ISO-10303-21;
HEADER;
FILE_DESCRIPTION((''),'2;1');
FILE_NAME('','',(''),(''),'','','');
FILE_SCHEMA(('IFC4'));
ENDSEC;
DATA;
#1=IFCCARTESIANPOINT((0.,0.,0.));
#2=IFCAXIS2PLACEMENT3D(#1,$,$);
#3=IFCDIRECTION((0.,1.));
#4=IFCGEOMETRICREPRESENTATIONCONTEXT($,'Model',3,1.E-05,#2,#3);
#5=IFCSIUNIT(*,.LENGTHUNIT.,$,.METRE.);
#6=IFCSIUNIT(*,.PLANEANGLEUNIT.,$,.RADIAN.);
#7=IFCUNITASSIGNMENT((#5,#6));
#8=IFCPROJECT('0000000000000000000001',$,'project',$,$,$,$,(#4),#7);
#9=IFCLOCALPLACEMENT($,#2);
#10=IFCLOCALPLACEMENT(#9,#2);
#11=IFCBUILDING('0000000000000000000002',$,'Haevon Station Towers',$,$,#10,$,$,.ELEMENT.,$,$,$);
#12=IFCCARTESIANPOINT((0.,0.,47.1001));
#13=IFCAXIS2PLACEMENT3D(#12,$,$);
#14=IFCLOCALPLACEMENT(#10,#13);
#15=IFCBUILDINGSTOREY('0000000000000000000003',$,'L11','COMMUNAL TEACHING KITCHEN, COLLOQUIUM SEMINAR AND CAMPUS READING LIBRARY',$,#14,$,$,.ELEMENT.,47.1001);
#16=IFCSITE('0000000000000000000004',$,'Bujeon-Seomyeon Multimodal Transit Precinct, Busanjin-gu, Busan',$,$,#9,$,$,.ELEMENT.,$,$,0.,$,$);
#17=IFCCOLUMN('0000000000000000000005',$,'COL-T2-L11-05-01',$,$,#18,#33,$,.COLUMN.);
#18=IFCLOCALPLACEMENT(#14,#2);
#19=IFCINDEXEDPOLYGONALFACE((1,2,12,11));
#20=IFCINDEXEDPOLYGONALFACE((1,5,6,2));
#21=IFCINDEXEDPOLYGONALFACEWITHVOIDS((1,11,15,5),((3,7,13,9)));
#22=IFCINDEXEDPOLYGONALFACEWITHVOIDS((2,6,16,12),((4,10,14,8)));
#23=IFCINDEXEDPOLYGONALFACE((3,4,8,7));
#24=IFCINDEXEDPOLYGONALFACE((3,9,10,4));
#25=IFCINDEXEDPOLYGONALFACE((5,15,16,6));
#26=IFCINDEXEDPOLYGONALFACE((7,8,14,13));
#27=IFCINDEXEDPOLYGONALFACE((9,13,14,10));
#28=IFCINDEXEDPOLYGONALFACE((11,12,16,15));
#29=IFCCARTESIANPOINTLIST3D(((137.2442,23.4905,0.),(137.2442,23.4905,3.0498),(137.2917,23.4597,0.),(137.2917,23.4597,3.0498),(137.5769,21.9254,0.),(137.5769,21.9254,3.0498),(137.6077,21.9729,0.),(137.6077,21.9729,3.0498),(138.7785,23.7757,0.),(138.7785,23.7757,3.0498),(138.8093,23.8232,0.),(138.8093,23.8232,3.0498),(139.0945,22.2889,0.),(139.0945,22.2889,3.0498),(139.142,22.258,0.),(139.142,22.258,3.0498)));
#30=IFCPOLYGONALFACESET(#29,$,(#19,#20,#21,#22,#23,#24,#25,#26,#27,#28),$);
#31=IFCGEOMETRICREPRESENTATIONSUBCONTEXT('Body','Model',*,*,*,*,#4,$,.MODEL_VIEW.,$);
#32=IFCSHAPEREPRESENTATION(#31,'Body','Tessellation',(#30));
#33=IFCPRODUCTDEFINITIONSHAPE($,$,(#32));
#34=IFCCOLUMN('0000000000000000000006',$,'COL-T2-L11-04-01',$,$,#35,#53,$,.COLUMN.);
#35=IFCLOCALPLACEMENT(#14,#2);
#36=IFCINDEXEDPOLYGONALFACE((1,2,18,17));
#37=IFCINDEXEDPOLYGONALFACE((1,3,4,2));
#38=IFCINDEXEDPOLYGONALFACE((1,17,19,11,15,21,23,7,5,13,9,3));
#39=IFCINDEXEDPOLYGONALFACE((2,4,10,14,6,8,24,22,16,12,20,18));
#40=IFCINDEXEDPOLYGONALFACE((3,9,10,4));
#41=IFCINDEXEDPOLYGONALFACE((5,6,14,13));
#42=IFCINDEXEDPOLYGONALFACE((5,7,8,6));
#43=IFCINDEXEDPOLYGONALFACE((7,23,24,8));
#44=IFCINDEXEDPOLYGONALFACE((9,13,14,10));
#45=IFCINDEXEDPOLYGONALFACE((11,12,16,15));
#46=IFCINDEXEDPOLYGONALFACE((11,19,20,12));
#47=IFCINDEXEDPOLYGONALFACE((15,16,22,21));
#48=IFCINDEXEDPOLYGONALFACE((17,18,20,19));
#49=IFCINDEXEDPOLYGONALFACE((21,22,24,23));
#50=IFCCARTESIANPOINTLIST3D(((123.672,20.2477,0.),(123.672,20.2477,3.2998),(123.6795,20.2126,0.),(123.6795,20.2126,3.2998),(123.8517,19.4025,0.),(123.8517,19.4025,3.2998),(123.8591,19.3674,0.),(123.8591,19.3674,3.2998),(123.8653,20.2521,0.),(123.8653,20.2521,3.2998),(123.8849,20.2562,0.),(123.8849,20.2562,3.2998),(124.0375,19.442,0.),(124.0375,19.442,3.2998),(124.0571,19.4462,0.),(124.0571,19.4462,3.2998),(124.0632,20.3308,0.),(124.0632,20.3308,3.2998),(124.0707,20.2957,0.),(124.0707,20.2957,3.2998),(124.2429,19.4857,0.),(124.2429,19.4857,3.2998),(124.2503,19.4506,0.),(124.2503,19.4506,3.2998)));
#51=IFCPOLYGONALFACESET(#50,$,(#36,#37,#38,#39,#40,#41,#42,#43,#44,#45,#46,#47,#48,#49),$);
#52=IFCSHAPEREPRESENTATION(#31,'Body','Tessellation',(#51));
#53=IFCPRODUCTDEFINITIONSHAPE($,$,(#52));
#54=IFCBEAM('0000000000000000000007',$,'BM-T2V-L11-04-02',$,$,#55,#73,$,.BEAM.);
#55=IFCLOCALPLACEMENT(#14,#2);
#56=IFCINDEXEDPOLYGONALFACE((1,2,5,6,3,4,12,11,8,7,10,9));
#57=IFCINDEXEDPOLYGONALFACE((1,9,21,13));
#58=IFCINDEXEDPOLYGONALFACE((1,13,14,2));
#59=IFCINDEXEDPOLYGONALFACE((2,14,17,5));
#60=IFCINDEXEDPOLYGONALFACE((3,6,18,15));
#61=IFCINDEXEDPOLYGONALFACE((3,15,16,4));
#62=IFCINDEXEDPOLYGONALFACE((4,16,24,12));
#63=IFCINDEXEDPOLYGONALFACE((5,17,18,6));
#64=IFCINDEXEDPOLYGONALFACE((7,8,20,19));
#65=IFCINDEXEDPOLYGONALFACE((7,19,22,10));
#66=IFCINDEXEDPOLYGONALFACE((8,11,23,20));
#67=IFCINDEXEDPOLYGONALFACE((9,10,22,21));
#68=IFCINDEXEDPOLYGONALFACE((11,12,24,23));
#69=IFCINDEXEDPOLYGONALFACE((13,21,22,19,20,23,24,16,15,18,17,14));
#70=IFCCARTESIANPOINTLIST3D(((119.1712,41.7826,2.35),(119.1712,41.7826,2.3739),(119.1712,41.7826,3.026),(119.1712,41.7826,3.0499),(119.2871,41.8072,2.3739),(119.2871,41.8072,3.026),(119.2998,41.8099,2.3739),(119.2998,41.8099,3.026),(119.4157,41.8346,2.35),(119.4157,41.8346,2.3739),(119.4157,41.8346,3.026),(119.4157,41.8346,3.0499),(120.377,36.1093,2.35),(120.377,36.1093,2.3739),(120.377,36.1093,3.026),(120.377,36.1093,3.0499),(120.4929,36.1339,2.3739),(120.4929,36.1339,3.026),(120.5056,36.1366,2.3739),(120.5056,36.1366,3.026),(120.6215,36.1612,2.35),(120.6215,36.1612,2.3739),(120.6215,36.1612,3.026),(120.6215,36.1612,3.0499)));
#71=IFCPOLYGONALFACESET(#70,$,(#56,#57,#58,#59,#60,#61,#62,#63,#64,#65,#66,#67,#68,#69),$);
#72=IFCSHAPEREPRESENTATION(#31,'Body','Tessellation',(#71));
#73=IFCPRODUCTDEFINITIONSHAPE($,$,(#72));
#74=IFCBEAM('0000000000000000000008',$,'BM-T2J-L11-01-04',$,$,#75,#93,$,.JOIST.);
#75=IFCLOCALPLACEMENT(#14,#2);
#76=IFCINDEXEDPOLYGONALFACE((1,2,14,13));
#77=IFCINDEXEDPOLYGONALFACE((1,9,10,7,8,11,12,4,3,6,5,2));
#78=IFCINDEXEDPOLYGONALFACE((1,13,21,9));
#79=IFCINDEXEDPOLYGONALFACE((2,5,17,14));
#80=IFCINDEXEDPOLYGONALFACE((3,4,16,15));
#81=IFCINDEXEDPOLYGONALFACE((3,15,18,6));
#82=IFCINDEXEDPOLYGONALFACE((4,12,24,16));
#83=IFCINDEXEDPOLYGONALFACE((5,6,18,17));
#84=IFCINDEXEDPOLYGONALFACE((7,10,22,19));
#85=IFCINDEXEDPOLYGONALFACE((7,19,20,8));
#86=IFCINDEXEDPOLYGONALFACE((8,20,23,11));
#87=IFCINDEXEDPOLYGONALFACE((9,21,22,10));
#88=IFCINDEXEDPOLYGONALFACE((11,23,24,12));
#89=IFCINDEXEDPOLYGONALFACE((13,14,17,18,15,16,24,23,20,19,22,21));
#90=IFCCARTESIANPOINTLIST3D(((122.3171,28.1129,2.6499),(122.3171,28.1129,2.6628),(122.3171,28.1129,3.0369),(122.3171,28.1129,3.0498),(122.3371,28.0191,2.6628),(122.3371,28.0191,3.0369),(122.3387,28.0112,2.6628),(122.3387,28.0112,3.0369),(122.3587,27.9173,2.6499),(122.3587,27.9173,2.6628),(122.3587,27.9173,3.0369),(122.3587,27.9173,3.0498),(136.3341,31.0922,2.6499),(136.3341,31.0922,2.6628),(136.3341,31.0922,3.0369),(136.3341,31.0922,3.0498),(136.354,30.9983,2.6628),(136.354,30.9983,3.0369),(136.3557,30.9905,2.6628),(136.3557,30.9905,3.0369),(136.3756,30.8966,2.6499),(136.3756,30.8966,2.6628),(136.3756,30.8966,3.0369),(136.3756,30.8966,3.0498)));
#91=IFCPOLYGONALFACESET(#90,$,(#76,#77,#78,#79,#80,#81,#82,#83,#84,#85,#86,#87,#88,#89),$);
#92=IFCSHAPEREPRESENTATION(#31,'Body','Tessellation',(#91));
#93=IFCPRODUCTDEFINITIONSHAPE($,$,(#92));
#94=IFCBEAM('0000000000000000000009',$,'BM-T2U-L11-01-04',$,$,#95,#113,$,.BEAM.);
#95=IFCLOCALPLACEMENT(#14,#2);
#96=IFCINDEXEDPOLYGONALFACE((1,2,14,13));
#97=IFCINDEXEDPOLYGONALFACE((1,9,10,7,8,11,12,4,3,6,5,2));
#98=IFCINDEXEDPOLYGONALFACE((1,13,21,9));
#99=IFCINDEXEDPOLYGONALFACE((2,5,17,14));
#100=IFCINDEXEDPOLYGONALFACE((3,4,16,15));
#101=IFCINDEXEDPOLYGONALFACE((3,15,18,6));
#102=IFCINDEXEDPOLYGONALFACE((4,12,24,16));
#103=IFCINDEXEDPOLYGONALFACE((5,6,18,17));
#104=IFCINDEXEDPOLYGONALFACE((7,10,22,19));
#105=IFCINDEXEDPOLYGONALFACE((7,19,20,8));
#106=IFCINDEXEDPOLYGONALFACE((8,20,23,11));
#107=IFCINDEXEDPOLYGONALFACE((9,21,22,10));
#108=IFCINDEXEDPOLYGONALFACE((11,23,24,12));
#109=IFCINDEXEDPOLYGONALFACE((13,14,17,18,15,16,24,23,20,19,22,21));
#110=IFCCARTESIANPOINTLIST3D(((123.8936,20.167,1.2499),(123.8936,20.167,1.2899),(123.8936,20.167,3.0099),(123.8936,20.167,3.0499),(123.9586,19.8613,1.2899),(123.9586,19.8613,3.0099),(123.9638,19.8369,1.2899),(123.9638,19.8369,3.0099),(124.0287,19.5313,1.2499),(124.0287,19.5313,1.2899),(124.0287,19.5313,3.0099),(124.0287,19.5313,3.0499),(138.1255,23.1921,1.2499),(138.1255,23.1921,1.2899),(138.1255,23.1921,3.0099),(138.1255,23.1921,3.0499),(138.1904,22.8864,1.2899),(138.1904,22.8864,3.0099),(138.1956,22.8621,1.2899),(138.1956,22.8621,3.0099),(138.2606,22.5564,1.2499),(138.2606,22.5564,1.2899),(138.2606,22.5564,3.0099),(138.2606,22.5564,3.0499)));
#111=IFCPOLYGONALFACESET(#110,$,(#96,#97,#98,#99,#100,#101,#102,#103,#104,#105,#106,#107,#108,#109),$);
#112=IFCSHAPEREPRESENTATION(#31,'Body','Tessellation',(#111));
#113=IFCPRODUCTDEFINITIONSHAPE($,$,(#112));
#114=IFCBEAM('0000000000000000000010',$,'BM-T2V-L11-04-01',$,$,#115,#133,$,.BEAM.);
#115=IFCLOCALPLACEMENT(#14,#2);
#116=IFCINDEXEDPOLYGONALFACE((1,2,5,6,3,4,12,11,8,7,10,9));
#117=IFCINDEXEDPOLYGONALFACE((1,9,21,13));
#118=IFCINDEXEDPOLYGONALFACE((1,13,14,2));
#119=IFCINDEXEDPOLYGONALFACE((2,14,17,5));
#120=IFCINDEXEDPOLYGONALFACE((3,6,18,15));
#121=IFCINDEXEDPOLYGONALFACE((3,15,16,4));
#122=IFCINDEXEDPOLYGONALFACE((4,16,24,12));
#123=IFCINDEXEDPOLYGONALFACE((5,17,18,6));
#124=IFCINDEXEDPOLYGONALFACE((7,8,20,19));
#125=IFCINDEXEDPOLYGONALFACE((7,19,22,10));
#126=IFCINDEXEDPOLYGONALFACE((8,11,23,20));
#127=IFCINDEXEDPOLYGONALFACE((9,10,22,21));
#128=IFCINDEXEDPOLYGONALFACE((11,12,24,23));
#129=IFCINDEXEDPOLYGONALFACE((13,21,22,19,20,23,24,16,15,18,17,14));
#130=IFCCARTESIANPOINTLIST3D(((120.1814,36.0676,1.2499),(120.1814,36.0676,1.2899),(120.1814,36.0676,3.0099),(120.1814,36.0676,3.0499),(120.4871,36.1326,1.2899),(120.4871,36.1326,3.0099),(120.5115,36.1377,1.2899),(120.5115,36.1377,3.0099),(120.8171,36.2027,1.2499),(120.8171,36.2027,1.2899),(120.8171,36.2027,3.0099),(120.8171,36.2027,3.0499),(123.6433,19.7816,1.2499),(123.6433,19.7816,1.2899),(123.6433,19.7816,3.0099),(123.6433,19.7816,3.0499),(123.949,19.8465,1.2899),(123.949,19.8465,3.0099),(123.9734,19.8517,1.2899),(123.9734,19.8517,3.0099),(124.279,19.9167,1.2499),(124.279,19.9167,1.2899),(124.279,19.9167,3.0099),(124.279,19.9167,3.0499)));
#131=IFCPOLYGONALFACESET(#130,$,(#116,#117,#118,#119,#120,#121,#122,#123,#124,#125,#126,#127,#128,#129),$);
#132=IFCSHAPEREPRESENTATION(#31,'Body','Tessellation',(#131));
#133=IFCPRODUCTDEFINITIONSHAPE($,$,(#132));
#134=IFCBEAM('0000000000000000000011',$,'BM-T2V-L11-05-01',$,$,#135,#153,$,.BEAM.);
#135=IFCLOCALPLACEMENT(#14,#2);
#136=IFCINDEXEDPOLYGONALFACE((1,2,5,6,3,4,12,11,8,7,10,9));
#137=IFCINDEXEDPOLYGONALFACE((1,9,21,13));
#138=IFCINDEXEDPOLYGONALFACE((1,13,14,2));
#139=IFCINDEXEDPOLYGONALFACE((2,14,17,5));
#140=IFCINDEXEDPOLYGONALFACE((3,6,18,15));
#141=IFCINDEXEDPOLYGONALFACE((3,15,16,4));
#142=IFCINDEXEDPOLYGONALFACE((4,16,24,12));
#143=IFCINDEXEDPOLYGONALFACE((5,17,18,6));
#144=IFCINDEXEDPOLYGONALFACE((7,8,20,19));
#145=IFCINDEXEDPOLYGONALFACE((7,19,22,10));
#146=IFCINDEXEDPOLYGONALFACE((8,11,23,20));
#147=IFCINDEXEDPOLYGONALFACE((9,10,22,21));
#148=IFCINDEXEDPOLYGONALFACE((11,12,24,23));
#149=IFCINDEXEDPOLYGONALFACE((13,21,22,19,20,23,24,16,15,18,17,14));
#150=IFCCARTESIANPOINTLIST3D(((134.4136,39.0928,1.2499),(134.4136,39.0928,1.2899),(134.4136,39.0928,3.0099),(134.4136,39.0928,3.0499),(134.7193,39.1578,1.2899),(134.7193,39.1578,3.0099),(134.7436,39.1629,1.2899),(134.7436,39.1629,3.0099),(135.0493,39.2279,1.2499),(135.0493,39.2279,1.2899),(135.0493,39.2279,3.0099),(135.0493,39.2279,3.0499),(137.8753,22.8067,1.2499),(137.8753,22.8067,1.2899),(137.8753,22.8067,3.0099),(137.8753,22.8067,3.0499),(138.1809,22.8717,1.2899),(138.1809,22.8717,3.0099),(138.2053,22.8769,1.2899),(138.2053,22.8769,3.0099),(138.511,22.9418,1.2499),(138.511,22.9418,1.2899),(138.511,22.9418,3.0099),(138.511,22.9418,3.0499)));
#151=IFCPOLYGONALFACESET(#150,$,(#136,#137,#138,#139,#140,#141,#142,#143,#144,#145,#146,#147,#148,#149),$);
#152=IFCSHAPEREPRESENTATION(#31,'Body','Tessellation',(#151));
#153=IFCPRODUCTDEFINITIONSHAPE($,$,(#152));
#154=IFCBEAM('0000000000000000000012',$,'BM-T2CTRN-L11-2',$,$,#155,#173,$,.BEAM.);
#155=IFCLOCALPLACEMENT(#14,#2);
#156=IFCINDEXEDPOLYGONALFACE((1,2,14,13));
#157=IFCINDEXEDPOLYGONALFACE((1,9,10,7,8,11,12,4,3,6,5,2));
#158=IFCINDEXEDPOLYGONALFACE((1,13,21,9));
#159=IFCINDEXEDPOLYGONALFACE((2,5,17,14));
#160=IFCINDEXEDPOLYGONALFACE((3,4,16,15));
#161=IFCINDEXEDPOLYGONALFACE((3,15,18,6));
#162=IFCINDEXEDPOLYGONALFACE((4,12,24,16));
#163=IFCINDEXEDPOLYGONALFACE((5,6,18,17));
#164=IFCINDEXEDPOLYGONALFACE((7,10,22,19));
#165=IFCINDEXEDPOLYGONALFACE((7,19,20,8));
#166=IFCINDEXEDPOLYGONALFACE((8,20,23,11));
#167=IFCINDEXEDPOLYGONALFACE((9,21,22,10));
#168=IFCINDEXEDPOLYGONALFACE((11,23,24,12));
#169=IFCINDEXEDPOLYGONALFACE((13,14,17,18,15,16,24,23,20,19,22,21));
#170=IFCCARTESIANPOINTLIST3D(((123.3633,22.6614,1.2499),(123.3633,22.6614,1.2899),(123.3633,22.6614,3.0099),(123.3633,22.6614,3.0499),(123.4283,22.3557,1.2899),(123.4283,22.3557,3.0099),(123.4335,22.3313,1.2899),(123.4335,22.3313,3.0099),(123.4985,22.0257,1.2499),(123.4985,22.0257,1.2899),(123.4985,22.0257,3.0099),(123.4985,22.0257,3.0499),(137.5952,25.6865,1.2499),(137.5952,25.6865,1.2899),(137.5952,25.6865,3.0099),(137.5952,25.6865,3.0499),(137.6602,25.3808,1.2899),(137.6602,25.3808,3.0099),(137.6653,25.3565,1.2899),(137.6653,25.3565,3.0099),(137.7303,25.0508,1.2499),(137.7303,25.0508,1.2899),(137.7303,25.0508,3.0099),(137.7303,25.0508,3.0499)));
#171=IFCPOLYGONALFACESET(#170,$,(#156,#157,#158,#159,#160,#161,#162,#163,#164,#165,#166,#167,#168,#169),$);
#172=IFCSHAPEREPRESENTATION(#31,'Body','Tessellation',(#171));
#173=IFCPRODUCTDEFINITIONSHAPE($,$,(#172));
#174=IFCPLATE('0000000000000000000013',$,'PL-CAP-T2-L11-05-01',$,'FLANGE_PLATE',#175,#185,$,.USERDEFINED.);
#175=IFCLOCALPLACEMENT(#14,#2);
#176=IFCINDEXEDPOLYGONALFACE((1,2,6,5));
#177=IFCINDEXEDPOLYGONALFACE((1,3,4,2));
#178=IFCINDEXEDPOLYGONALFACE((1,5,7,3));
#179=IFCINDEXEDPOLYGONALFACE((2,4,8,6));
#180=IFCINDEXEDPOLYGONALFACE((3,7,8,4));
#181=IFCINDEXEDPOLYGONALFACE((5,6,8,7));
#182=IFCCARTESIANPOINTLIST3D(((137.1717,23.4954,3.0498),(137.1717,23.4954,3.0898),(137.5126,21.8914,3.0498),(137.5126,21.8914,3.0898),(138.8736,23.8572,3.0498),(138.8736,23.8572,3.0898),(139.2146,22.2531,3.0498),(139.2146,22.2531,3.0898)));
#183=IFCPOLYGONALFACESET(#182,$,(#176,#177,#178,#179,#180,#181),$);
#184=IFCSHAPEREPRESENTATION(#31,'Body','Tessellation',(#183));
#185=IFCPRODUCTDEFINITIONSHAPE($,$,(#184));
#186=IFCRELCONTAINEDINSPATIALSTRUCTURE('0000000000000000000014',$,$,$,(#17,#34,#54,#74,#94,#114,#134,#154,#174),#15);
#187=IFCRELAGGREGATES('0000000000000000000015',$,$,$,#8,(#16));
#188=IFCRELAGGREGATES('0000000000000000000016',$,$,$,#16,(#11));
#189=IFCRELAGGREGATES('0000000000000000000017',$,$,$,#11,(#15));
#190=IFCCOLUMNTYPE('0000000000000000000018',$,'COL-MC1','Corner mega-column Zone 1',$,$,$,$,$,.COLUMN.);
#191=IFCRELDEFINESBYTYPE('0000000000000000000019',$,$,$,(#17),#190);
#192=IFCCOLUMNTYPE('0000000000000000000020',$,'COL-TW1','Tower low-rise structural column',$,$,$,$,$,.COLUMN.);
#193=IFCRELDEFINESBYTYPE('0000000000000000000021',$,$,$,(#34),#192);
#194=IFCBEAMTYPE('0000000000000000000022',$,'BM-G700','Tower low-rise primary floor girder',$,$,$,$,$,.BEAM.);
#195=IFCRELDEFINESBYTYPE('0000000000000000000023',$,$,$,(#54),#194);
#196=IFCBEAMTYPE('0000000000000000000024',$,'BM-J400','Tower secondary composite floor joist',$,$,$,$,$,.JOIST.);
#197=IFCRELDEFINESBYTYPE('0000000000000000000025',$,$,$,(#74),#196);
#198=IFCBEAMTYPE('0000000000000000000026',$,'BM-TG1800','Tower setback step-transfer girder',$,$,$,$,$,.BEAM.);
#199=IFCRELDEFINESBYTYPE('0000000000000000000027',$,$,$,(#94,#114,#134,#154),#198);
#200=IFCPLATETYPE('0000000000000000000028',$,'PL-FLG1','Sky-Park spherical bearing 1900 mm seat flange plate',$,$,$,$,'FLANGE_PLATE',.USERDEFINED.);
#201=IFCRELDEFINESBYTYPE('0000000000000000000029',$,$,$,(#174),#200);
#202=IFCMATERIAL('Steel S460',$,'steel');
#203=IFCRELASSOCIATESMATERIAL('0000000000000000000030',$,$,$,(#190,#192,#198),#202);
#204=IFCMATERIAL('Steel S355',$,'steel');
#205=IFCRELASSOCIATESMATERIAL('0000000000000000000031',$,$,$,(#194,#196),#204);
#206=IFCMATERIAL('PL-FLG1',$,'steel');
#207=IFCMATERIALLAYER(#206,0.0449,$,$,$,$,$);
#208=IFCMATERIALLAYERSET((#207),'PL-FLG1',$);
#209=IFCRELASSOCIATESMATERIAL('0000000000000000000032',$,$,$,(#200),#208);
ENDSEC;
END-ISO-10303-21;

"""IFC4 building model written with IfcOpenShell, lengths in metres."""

from ifc_helpers import new_model, si_unit, direction, frame, origin, origin_2d, place, context, subcontext, project, spatial, rectangle, hollow_rectangle, i_section, extrude, material, layer, layer_set, material_profile, profile_set, type_object, element, save


model = new_model("IFC4")

# Units and contexts
model_context = context("Model", 3, precision=1e-05, world=origin(), true_north=direction((0.0, 1.0)))
body_context = subcontext(model_context, "Body", "Model", "MODEL_VIEW")
ifc_project = project(units=[si_unit("LENGTHUNIT", "METRE"), si_unit("PLANEANGLEUNIT", "RADIAN")], contexts=[model_context])

# Site, building, storey
site_placement = place(None, origin())
site = spatial("IfcSite", under=ifc_project, at=site_placement, Name="Bujeon-Seomyeon Multimodal Transit Precinct, Busanjin-gu, Busan", CompositionType="ELEMENT", RefElevation=0.0)
building_placement = place(site_placement, origin())
building = spatial("IfcBuilding", under=site, at=building_placement, Name="Haevon Station Towers", CompositionType="ELEMENT")
storey_placement = place(building_placement, frame((0.0, 0.0, 47.1001)))
storey = spatial("IfcBuildingStorey", under=building, at=storey_placement, Name="L11", Description="COMMUNAL TEACHING KITCHEN, COLLOQUIUM SEMINAR AND CAMPUS READING LIBRARY", CompositionType="ELEMENT", Elevation=47.1001)

# Columns
ifc_material_1 = material(Name="Steel S460", Category="steel")
ifc_material_profile_1 = material_profile(ifc_material_1, hollow_rectangle(XDim=1.6001, YDim=1.6001, WallThickness=0.04, at=origin_2d()), Name="BOX-1600x1600x40")
ifc_profile_set_1 = profile_set([ifc_material_profile_1], Name="Steel S460")
column_type_1 = type_object("IfcColumnType", Name="COL-MC1", Description="Corner mega-column Zone 1", PredefinedType="COLUMN", material=ifc_profile_set_1)
column_1_placement = place(storey_placement, frame((138.1931, 22.8743, 0.0), z_axis=(0.0, 0.0, 1.0), x_axis=(0.978148, 0.207912, 0.0)))
element("IfcColumn", 1, at=column_1_placement, inside=storey, type_object=column_type_1, Name="COL-T2-L11-05-01", PredefinedType="COLUMN", context=body_context, shape_type="SweptSolid", body=[
    extrude(hollow_rectangle(XDim=1.6001, YDim=1.6001, WallThickness=0.04, at=origin_2d()), origin(), (0.0, 0.0, 1.0), 3.0498),
])
ifc_material_profile_2 = material_profile(ifc_material_1, i_section(OverallWidth=0.3999, OverallDepth=0.8999, WebThickness=0.02, FlangeThickness=0.0359, at=origin_2d()), Name="H-900x400x20x36")
ifc_profile_set_2 = profile_set([ifc_material_profile_2], Name="Steel S460")
column_type_2 = type_object("IfcColumnType", Name="COL-TW1", Description="Tower low-rise structural column", PredefinedType="COLUMN", material=ifc_profile_set_2)
column_2_placement = place(storey_placement, frame((123.9612, 19.8491, 0.0), z_axis=(0.0, 0.0, 1.0), x_axis=(0.978148, 0.207912, 0.0)))
element("IfcColumn", 2, at=column_2_placement, inside=storey, type_object=column_type_2, Name="COL-T2-L11-04-01", PredefinedType="COLUMN", context=body_context, shape_type="SweptSolid", body=[
    extrude(i_section(OverallWidth=0.3999, OverallDepth=0.8999, WebThickness=0.02, FlangeThickness=0.0359, at=origin_2d()), origin(), (0.0, 0.0, 1.0), 3.2998),
])

# Beams
ifc_material_2 = material(Name="Steel S355", Category="steel")
ifc_material_profile_3 = material_profile(ifc_material_2, i_section(OverallWidth=0.25, OverallDepth=0.7, WebThickness=0.0129, FlangeThickness=0.0239, at=origin_2d()), Name="H-700x250x13x24")
ifc_profile_set_3 = profile_set([ifc_material_profile_3], Name="Steel S355")
beam_type_1 = type_object("IfcBeamType", Name="BM-G700", Description="Tower low-rise primary floor girder", PredefinedType="BEAM", material=ifc_profile_set_3)
beam_1_placement = place(storey_placement, frame((120.4993, 36.1353, 2.7), z_axis=(-0.207896, 0.978151, 0.0), x_axis=(-0.978151, -0.207896, 0.0)))
element("IfcBeam", 3, at=beam_1_placement, inside=storey, type_object=beam_type_1, Name="BM-T2V-L11-04-02", PredefinedType="BEAM", context=body_context, shape_type="SweptSolid", body=[
    extrude(i_section(OverallWidth=0.25, OverallDepth=0.7, WebThickness=0.0129, FlangeThickness=0.0239, at=origin_2d()), origin(), (0.0, 0.0, 1.0), 5.8),
])
ifc_material_profile_4 = material_profile(ifc_material_2, i_section(OverallWidth=0.2, OverallDepth=0.3999, WebThickness=0.0081, FlangeThickness=0.0129, at=origin_2d()), Name="H-400x200x8x13")
ifc_profile_set_4 = profile_set([ifc_material_profile_4], Name="Steel S355")
beam_type_2 = type_object("IfcBeamType", Name="BM-J400", Description="Tower secondary composite floor joist", PredefinedType="JOIST", material=ifc_profile_set_4)
beam_2_placement = place(storey_placement, frame((122.3379, 28.0151, 2.8499), z_axis=(0.978149, 0.207903, 0.0), x_axis=(-0.207903, 0.978149, 0.0)))
element("IfcBeam", 4, at=beam_2_placement, inside=storey, type_object=beam_type_2, Name="BM-T2J-L11-01-04", PredefinedType="JOIST", context=body_context, shape_type="SweptSolid", body=[
    extrude(i_section(OverallWidth=0.2, OverallDepth=0.3999, WebThickness=0.0081, FlangeThickness=0.0129, at=origin_2d()), origin(), (0.0, 0.0, 1.0), 14.3301),
])
ifc_material_profile_5 = material_profile(ifc_material_1, i_section(OverallWidth=0.6499, OverallDepth=1.8, WebThickness=0.0249, FlangeThickness=0.04, at=origin_2d()), Name="H-1800x650x25x40")
ifc_profile_set_5 = profile_set([ifc_material_profile_5], Name="Steel S460")
beam_type_3 = type_object("IfcBeamType", Name="BM-TG1800", Description="Tower setback step-transfer girder", PredefinedType="BEAM", material=ifc_profile_set_5)
beam_3_placement = place(storey_placement, frame((123.9612, 19.8491, 2.1499), z_axis=(0.978147, 0.207915, 0.0), x_axis=(-0.207915, 0.978147, 0.0)))
element("IfcBeam", 5, at=beam_3_placement, inside=storey, type_object=beam_type_3, Name="BM-T2U-L11-01-04", PredefinedType="BEAM", context=body_context, shape_type="SweptSolid", body=[
    extrude(i_section(OverallWidth=0.6499, OverallDepth=1.8, WebThickness=0.0249, FlangeThickness=0.04, at=origin_2d()), origin(), (0.0, 0.0, 1.0), 14.5498),
])
for number, where, z_axis, x_axis, name in (
    (6, (123.9612, 19.8491, 2.1499), (-0.207923, 0.978145, 0.0), (-0.978145, -0.207923, 0.0), "BM-T2V-L11-04-01"),
    (7, (138.1931, 22.8743, 2.1499), (-0.207909, 0.978148, 0.0), (-0.978148, -0.207909, 0.0), "BM-T2V-L11-05-01"),
):
    element("IfcBeam", number, at=place(storey_placement, frame(where, z_axis=z_axis, x_axis=x_axis)), inside=storey, type_object=beam_type_3, Name=name, PredefinedType="BEAM", context=body_context, shape_type="SweptSolid", body=[
        extrude(i_section(OverallWidth=0.6499, OverallDepth=1.8, WebThickness=0.0249, FlangeThickness=0.04, at=origin_2d()), origin(), (0.0, 0.0, 1.0), 16.6499),
    ])
beam_4_placement = place(storey_placement, frame((123.4309, 22.3435, 2.1499), z_axis=(0.978147, 0.207915, 0.0), x_axis=(-0.207915, 0.978147, 0.0)))
element("IfcBeam", 8, at=beam_4_placement, inside=storey, type_object=beam_type_3, Name="BM-T2CTRN-L11-2", PredefinedType="BEAM", context=body_context, shape_type="SweptSolid", body=[
    extrude(i_section(OverallWidth=0.6499, OverallDepth=1.8, WebThickness=0.0249, FlangeThickness=0.04, at=origin_2d()), origin(), (0.0, 0.0, 1.0), 14.5498),
])

# Plate
ifc_material_3 = material(Name="PL-FLG1", Category="steel")
ifc_layer_1 = layer(ifc_material_3, 0.0449)
ifc_layer_set_1 = layer_set([ifc_layer_1], Name="PL-FLG1")
plate_type_1 = type_object("IfcPlateType", Name="PL-FLG1", Description="Sky-Park spherical bearing 1900 mm seat flange plate", ElementType="FLANGE_PLATE", PredefinedType="USERDEFINED", material=ifc_layer_set_1)
plate_placement = place(storey_placement, frame((138.1931, 22.8743, 3.0498), z_axis=(0.0, 0.0, 1.0), x_axis=(0.978148, 0.207912, 0.0)))
element("IfcPlate", 9, at=plate_placement, inside=storey, type_object=plate_type_1, Name="PL-CAP-T2-L11-05-01", ObjectType="FLANGE_PLATE", PredefinedType="USERDEFINED", context=body_context, shape_type="SweptSolid", body=[
    extrude(rectangle(XDim=1.74, YDim=1.6399, at=origin_2d()), origin(), (0.0, 0.0, 1.0), 0.04),
])

save(model, "model.ifc")
